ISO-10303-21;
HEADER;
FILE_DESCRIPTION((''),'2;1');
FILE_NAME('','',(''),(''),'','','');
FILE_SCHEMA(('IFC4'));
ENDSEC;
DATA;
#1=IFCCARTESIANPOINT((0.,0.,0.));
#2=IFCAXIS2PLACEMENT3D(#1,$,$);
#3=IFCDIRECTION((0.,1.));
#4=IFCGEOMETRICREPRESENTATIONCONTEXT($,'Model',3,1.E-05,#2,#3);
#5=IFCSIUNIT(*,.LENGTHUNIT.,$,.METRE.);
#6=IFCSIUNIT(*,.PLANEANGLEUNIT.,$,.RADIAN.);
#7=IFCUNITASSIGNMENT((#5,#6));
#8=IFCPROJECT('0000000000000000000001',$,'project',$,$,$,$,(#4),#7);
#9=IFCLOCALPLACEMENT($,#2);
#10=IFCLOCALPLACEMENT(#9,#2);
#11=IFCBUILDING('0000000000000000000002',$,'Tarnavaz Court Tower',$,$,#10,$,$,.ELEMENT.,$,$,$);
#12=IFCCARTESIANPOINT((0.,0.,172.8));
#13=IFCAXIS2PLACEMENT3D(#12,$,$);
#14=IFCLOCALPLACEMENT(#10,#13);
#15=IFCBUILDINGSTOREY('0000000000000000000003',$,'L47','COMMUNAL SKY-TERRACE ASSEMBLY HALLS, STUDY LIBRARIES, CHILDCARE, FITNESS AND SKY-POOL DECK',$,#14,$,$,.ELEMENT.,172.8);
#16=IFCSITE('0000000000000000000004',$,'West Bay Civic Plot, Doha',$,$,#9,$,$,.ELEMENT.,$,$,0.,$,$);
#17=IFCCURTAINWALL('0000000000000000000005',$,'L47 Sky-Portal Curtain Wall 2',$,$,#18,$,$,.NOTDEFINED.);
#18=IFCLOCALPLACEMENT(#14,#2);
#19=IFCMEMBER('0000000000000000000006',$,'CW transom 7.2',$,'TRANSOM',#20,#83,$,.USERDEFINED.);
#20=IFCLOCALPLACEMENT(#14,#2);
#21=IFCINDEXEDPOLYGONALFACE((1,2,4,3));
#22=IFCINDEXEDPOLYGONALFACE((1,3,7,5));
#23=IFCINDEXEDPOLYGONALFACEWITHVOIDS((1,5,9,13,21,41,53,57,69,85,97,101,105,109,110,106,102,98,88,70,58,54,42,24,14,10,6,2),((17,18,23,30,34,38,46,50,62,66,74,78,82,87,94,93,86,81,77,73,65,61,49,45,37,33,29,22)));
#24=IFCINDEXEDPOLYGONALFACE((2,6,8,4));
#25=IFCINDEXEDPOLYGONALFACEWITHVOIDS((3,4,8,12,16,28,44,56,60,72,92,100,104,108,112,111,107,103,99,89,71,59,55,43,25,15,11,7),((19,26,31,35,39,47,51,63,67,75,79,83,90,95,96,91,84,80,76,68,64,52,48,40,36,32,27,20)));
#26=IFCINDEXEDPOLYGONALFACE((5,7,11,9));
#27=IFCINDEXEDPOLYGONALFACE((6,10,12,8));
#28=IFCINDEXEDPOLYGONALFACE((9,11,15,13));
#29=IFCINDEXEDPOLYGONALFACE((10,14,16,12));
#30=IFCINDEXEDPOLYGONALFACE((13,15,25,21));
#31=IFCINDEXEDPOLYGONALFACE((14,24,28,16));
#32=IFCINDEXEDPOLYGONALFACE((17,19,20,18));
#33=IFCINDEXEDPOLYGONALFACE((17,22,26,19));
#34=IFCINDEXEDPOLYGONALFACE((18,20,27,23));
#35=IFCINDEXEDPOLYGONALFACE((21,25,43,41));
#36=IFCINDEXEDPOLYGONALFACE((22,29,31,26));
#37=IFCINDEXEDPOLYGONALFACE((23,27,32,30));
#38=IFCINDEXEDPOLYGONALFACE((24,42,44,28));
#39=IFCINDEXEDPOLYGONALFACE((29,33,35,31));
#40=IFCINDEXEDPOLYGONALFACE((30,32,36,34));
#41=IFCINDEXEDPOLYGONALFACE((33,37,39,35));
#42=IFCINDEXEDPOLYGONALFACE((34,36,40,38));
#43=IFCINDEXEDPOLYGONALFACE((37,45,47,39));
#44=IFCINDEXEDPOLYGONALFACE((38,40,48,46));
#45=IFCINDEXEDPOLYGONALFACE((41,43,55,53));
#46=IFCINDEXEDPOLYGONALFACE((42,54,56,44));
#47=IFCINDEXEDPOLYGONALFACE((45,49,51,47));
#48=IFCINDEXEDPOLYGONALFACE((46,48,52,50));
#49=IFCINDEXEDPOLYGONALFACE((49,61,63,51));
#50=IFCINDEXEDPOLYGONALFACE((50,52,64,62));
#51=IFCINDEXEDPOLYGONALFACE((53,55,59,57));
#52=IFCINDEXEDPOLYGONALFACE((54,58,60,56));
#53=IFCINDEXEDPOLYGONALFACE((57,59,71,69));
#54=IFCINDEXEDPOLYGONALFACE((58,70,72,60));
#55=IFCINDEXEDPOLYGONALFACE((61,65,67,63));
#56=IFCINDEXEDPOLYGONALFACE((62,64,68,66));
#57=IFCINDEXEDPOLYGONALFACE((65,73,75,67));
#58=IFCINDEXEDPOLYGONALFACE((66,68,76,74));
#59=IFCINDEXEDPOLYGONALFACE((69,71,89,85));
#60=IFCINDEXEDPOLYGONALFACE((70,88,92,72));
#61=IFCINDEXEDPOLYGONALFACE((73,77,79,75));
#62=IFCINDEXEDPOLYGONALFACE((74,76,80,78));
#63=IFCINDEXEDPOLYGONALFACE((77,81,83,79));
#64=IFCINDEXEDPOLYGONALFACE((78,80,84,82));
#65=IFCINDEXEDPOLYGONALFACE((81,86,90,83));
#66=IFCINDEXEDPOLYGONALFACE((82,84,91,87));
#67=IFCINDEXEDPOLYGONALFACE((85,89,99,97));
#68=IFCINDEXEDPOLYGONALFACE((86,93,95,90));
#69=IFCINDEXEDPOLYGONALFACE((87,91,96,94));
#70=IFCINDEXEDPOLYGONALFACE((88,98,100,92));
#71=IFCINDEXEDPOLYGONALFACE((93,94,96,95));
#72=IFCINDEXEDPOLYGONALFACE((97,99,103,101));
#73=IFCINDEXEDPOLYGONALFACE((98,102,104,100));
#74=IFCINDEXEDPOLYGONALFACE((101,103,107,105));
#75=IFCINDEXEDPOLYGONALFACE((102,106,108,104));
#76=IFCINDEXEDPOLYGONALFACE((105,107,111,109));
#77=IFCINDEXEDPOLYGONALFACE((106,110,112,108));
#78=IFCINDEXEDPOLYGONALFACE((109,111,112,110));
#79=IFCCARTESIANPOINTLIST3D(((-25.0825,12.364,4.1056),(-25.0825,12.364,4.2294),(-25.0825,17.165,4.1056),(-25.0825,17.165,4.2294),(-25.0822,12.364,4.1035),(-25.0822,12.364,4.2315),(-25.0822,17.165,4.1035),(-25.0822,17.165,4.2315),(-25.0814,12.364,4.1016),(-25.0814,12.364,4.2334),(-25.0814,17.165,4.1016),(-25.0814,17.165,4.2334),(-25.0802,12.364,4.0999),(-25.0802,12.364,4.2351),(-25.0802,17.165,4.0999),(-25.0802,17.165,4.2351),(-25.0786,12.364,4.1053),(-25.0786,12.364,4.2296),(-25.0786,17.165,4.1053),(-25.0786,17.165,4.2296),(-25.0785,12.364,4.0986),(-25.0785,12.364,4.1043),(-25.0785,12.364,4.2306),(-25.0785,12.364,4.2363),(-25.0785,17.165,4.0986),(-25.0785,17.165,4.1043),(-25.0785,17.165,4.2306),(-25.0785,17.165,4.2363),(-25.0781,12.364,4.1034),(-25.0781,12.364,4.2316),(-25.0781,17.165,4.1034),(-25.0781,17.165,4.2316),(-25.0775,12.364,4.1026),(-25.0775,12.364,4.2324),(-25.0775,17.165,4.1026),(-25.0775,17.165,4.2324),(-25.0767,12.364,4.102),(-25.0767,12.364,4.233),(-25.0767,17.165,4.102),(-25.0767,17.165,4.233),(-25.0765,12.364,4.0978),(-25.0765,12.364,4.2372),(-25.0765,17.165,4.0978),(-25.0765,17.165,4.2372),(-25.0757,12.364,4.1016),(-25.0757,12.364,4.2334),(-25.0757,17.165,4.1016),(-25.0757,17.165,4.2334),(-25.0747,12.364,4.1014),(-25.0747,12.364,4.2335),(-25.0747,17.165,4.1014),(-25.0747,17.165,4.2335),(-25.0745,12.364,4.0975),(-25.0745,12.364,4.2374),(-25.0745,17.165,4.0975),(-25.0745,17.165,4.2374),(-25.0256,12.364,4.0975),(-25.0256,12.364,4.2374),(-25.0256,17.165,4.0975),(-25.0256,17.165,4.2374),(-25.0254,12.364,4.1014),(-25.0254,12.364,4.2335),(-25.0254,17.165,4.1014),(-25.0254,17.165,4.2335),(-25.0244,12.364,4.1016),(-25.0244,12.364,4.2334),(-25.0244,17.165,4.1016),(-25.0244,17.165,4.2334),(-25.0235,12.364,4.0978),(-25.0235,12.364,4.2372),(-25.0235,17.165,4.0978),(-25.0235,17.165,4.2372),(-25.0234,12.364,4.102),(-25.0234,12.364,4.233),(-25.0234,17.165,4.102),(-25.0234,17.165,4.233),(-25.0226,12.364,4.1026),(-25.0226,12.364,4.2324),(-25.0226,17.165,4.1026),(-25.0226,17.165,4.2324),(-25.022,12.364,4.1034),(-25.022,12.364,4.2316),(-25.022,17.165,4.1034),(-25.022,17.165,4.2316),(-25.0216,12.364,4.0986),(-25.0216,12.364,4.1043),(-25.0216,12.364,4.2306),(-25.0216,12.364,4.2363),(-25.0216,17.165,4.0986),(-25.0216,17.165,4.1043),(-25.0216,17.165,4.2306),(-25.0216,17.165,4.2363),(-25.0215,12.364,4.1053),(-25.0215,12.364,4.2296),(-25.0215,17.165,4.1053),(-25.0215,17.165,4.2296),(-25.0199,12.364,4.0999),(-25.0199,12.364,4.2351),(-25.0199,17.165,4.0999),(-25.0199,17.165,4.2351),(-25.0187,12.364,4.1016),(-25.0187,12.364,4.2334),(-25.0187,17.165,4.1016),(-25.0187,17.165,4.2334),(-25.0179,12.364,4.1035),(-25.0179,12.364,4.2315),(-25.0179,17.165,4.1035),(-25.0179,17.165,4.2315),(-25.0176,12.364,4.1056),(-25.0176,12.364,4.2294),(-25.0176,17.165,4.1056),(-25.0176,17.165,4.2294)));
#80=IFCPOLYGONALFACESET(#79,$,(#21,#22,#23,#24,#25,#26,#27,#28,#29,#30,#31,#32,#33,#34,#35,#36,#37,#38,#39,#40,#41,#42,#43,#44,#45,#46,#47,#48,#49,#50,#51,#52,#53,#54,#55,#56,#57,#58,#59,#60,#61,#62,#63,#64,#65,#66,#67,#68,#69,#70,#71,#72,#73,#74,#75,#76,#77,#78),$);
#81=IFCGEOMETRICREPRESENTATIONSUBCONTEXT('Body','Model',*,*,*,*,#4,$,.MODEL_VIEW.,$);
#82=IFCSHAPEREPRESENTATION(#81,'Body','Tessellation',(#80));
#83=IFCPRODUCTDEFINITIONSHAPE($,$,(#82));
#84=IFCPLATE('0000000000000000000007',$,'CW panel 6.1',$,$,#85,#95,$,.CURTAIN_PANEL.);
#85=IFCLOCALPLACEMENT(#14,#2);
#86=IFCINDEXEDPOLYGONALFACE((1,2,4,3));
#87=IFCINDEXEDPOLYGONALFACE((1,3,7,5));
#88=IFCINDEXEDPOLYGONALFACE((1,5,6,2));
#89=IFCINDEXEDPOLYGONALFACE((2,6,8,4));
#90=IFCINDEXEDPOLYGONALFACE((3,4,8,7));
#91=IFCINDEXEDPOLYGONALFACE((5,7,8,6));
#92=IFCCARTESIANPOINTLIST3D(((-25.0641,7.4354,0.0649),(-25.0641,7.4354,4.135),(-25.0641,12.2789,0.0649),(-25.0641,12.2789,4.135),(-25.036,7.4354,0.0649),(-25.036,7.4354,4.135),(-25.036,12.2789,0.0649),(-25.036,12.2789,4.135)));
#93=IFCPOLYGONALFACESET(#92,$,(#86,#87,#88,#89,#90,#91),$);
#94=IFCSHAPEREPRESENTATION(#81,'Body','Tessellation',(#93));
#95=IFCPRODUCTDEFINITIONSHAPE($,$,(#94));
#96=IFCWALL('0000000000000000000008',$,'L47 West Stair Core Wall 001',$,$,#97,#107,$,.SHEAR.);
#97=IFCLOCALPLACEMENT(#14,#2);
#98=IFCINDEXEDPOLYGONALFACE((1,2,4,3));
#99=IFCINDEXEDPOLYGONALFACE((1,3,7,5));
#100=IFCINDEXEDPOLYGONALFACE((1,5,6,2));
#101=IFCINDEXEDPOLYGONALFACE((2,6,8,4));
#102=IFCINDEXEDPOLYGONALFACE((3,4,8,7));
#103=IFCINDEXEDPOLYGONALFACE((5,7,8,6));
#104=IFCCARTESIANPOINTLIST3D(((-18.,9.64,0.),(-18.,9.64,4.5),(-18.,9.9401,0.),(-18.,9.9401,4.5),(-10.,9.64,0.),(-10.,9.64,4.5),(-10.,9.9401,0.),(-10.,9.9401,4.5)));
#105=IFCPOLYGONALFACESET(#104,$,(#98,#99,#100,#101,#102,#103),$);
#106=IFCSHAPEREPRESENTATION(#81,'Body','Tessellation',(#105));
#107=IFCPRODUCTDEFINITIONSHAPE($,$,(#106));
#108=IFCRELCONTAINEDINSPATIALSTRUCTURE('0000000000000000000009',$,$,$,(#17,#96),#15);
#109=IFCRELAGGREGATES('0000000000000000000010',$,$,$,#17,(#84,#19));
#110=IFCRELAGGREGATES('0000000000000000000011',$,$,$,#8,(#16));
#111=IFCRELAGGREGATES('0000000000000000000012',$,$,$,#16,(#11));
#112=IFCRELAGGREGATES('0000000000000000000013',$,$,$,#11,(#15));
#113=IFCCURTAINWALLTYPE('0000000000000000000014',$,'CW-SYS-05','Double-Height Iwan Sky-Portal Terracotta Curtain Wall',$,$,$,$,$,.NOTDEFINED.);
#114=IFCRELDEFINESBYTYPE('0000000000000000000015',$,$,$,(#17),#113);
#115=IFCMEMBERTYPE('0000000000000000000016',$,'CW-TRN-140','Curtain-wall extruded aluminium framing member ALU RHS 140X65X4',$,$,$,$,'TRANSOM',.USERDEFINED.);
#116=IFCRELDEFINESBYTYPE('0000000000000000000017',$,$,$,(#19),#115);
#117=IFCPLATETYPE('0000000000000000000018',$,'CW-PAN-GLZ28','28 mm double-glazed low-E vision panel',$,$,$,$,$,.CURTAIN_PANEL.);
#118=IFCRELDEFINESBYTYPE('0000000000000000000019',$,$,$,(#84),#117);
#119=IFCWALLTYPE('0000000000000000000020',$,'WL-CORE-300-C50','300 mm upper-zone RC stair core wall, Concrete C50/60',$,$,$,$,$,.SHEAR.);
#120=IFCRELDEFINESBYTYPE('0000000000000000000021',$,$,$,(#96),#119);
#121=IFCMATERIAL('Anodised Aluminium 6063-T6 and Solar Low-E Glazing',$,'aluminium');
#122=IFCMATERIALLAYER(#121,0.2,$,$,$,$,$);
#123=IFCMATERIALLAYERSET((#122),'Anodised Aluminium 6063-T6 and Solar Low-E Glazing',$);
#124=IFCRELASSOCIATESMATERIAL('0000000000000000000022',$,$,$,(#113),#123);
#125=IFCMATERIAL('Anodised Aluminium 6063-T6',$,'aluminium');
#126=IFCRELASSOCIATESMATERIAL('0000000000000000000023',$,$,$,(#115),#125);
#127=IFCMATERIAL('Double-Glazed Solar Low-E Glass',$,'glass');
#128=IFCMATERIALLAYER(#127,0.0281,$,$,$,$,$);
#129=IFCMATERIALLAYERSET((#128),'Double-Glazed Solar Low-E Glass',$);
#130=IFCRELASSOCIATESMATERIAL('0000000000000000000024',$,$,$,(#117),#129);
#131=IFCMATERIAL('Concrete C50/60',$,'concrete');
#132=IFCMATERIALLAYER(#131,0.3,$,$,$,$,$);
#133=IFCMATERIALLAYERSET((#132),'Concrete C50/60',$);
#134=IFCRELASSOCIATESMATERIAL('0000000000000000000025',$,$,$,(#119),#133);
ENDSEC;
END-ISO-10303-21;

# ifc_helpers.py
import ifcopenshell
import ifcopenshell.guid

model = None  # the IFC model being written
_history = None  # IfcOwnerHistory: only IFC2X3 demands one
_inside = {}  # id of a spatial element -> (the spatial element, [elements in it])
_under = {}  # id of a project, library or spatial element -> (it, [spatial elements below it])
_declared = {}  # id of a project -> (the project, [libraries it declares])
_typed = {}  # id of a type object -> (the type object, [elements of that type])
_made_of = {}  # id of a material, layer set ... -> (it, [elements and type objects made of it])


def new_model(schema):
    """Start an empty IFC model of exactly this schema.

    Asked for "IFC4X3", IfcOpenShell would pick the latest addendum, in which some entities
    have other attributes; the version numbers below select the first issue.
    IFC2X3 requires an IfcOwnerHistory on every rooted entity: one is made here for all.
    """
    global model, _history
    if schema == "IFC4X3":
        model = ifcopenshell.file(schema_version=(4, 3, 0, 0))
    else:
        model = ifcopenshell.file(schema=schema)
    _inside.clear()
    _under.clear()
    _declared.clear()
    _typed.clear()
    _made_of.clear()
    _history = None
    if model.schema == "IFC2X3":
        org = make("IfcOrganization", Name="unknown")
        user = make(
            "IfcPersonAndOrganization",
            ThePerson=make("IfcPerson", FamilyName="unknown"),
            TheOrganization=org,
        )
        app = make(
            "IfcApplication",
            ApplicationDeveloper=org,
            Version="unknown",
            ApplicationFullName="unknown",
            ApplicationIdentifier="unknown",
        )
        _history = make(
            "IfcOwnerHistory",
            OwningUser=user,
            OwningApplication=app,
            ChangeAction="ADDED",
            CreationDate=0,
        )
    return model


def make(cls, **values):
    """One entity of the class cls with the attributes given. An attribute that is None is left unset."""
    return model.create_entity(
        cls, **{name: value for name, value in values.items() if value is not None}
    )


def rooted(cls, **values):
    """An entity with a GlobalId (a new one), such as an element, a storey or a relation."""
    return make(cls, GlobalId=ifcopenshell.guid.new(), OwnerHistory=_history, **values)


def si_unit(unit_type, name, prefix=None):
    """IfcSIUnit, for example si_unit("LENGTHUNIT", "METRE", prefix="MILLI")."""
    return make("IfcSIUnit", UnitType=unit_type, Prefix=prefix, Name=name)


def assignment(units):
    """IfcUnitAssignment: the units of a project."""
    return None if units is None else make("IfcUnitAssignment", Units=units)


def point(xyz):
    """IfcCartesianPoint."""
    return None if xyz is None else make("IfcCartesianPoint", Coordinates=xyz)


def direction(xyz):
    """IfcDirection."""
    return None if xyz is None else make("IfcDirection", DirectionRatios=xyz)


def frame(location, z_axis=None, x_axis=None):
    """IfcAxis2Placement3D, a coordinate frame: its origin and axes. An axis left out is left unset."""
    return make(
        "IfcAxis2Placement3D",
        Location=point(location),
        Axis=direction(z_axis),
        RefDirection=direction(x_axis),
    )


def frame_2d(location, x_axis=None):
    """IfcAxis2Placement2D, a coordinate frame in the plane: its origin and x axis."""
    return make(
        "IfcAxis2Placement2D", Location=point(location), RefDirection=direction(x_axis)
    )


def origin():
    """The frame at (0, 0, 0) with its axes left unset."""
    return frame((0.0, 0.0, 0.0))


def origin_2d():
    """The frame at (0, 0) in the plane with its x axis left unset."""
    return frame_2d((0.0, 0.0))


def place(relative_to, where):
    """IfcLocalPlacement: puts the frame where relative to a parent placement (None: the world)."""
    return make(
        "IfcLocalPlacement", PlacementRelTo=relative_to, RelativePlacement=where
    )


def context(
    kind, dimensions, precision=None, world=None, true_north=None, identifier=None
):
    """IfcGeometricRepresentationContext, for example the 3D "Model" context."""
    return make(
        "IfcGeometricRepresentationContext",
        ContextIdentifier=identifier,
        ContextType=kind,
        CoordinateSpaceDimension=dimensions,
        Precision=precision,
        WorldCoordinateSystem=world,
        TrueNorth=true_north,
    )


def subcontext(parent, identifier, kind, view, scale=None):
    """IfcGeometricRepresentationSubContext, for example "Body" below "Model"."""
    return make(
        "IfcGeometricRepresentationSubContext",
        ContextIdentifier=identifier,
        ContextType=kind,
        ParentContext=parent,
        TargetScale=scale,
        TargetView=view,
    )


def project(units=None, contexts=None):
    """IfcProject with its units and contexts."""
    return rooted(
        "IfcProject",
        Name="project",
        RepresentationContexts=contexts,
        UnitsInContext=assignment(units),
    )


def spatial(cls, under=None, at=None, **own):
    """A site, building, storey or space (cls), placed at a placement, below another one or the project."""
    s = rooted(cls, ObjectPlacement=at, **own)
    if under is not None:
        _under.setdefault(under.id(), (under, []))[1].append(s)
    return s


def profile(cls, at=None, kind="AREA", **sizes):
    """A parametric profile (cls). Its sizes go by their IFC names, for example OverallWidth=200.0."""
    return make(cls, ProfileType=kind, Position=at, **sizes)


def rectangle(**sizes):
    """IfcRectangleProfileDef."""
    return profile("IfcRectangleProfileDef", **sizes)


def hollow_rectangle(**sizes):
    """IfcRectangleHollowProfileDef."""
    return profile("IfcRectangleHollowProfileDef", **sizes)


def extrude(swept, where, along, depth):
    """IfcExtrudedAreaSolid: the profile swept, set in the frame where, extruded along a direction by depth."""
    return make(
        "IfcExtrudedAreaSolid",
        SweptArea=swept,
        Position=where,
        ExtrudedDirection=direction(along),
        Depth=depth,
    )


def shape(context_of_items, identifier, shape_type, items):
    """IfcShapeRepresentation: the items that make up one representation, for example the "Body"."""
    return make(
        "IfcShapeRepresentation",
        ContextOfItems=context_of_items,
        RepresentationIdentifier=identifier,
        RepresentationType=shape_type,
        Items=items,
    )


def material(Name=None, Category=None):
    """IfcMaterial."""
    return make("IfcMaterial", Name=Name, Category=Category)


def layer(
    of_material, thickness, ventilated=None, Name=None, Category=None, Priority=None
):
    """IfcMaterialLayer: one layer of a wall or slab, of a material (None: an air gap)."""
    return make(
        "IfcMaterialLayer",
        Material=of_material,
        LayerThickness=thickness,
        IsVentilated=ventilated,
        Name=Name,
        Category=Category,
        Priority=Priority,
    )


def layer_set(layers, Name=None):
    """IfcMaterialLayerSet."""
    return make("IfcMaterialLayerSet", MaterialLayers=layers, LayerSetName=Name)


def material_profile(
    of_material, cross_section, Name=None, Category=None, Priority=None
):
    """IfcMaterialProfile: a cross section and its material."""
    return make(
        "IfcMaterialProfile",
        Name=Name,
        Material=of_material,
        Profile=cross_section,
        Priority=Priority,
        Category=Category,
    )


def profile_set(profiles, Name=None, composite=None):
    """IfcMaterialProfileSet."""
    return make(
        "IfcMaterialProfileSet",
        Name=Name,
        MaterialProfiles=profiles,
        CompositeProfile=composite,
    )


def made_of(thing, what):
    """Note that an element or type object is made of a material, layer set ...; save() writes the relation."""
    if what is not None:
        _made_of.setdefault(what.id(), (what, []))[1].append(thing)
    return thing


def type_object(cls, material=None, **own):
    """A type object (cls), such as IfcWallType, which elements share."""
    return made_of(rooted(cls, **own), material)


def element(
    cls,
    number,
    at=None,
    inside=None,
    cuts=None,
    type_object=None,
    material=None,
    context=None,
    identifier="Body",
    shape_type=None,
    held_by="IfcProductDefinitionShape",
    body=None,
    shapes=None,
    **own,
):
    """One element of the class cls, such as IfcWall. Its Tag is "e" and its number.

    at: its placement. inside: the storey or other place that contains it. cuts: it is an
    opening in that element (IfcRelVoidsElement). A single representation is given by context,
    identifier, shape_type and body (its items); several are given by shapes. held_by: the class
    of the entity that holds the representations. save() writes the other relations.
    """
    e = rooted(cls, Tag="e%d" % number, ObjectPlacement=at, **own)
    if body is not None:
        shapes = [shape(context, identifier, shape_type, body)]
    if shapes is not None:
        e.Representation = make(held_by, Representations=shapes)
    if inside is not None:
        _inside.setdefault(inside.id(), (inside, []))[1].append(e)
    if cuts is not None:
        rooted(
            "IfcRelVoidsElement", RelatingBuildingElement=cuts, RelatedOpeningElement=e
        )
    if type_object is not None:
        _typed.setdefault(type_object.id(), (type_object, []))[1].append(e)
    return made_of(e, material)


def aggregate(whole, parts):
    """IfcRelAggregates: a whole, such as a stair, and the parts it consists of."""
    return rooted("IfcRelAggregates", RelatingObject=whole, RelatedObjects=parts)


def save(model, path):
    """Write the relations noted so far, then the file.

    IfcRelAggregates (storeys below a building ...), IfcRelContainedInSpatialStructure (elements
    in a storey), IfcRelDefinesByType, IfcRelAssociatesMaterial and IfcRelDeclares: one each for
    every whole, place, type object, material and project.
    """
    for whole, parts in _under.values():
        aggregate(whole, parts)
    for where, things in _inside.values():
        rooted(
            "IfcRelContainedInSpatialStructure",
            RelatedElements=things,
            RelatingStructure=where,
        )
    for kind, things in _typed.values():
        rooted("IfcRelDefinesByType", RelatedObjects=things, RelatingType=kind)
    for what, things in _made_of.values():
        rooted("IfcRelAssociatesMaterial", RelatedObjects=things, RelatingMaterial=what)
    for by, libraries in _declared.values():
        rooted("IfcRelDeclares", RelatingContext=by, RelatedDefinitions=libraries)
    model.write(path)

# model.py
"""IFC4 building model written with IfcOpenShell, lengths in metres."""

from ifc_helpers import new_model, si_unit, direction, frame, frame_2d, origin, origin_2d, place, context, subcontext, project, spatial, rectangle, hollow_rectangle, extrude, material, layer, layer_set, material_profile, profile_set, type_object, element, aggregate, save


model = new_model("IFC4")

# Units and contexts
model_context = context("Model", 3, precision=1e-05, world=origin(), true_north=direction((0.0, 1.0)))
body_context = subcontext(model_context, "Body", "Model", "MODEL_VIEW")
ifc_project = project(units=[si_unit("LENGTHUNIT", "METRE"), si_unit("PLANEANGLEUNIT", "RADIAN")], contexts=[model_context])

# Site, building, storey
site_placement = place(None, origin())
site = spatial("IfcSite", under=ifc_project, at=site_placement, Name="West Bay Civic Plot, Doha", CompositionType="ELEMENT", RefElevation=0.0)
building_placement = place(site_placement, origin())
building = spatial("IfcBuilding", under=site, at=building_placement, Name="Tarnavaz Court Tower", CompositionType="ELEMENT")
storey_placement = place(building_placement, frame((0.0, 0.0, 172.8)))
storey = spatial("IfcBuildingStorey", under=building, at=storey_placement, Name="L47", Description="COMMUNAL SKY-TERRACE ASSEMBLY HALLS, STUDY LIBRARIES, CHILDCARE, FITNESS AND SKY-POOL DECK", CompositionType="ELEMENT", Elevation=172.8)

# Shared definitions
ifc_material_1 = material(Name="Concrete C50/60", Category="concrete")

# Curtain wall, member, plate
ifc_material_2 = material(Name="Anodised Aluminium 6063-T6 and Solar Low-E Glazing", Category="aluminium")
ifc_layer_1 = layer(ifc_material_2, 0.2)
ifc_layer_set_1 = layer_set([ifc_layer_1], Name="Anodised Aluminium 6063-T6 and Solar Low-E Glazing")
curtain_wall_type = type_object("IfcCurtainWallType", Name="CW-SYS-05", Description="Double-Height Iwan Sky-Portal Terracotta Curtain Wall", PredefinedType="NOTDEFINED", material=ifc_layer_set_1)
curtain_wall_placement = place(storey_placement, origin())
curtain_wall = element("IfcCurtainWall", 1, at=curtain_wall_placement, inside=storey, type_object=curtain_wall_type, Name="L47 Sky-Portal Curtain Wall 2", PredefinedType="NOTDEFINED")
ifc_material_3 = material(Name="Anodised Aluminium 6063-T6", Category="aluminium")
ifc_material_profile_1 = material_profile(ifc_material_3, hollow_rectangle(XDim=0.0649, YDim=0.1399, WallThickness=0.0039, InnerFilletRadius=0.0039, OuterFilletRadius=0.0081, at=origin_2d()), Name="ALU RHS 140X65X4")
ifc_profile_set_1 = profile_set([ifc_material_profile_1], Name="Anodised Aluminium 6063-T6")
member_type_1 = type_object("IfcMemberType", Name="CW-TRN-140", Description="Curtain-wall extruded aluminium framing member ALU RHS 140X65X4", ElementType="TRANSOM", PredefinedType="USERDEFINED", material=ifc_profile_set_1)
member_1_placement = place(storey_placement, frame((-25.05, 12.364, 4.1675), z_axis=(0.0, 1.0, 0.0), x_axis=(-1.0, 0.0, 0.0)))
member_1 = element("IfcMember", 2, at=member_1_placement, type_object=member_type_1, Name="CW transom 7.2", ObjectType="TRANSOM", PredefinedType="USERDEFINED", context=body_context, shape_type="SweptSolid", body=[
    extrude(hollow_rectangle(XDim=0.0649, YDim=0.1399, WallThickness=0.0039, InnerFilletRadius=0.0039, OuterFilletRadius=0.0081, at=origin_2d()), origin(), (0.0, 0.0, 1.0), 4.801),
])
ifc_material_4 = material(Name="Double-Glazed Solar Low-E Glass", Category="glass")
ifc_layer_2 = layer(ifc_material_4, 0.0281)
ifc_layer_set_2 = layer_set([ifc_layer_2], Name="Double-Glazed Solar Low-E Glass")
plate_type = type_object("IfcPlateType", Name="CW-PAN-GLZ28", Description="28 mm double-glazed low-E vision panel", PredefinedType="CURTAIN_PANEL", material=ifc_layer_set_2)
plate_placement = place(storey_placement, frame((-25.05, 9.8572, 0.0649), z_axis=(0.0, 0.0, 1.0), x_axis=(0.0, 1.0, 0.0)))
plate = element("IfcPlate", 3, at=plate_placement, type_object=plate_type, Name="CW panel 6.1", PredefinedType="CURTAIN_PANEL", context=body_context, shape_type="SweptSolid", body=[
    extrude(rectangle(XDim=4.8435, YDim=0.0281, at=origin_2d()), origin(), (0.0, 0.0, 1.0), 4.0701),
])
aggregate(curtain_wall, [plate, member_1])

# Wall
ifc_layer_3 = layer(ifc_material_1, 0.3)
ifc_layer_set_3 = layer_set([ifc_layer_3], Name="Concrete C50/60")
wall_type_1 = type_object("IfcWallType", Name="WL-CORE-300-C50", Description="300 mm upper-zone RC stair core wall, Concrete C50/60", PredefinedType="SHEAR", material=ifc_layer_set_3)
wall_1_placement = place(storey_placement, frame((-18.0, 9.79, 0.0), z_axis=(0.0, 0.0, 1.0), x_axis=(1.0, 0.0, 0.0)))
element("IfcWall", 4, at=wall_1_placement, inside=storey, type_object=wall_type_1, Name="L47 West Stair Core Wall 001", PredefinedType="SHEAR", context=body_context, shape_type="SweptSolid", body=[
    extrude(rectangle(XDim=8.0, YDim=0.3, at=frame_2d((4.0, 0.0))), origin(), (0.0, 0.0, 1.0), 4.5),
])

save(model, "model.ifc")
